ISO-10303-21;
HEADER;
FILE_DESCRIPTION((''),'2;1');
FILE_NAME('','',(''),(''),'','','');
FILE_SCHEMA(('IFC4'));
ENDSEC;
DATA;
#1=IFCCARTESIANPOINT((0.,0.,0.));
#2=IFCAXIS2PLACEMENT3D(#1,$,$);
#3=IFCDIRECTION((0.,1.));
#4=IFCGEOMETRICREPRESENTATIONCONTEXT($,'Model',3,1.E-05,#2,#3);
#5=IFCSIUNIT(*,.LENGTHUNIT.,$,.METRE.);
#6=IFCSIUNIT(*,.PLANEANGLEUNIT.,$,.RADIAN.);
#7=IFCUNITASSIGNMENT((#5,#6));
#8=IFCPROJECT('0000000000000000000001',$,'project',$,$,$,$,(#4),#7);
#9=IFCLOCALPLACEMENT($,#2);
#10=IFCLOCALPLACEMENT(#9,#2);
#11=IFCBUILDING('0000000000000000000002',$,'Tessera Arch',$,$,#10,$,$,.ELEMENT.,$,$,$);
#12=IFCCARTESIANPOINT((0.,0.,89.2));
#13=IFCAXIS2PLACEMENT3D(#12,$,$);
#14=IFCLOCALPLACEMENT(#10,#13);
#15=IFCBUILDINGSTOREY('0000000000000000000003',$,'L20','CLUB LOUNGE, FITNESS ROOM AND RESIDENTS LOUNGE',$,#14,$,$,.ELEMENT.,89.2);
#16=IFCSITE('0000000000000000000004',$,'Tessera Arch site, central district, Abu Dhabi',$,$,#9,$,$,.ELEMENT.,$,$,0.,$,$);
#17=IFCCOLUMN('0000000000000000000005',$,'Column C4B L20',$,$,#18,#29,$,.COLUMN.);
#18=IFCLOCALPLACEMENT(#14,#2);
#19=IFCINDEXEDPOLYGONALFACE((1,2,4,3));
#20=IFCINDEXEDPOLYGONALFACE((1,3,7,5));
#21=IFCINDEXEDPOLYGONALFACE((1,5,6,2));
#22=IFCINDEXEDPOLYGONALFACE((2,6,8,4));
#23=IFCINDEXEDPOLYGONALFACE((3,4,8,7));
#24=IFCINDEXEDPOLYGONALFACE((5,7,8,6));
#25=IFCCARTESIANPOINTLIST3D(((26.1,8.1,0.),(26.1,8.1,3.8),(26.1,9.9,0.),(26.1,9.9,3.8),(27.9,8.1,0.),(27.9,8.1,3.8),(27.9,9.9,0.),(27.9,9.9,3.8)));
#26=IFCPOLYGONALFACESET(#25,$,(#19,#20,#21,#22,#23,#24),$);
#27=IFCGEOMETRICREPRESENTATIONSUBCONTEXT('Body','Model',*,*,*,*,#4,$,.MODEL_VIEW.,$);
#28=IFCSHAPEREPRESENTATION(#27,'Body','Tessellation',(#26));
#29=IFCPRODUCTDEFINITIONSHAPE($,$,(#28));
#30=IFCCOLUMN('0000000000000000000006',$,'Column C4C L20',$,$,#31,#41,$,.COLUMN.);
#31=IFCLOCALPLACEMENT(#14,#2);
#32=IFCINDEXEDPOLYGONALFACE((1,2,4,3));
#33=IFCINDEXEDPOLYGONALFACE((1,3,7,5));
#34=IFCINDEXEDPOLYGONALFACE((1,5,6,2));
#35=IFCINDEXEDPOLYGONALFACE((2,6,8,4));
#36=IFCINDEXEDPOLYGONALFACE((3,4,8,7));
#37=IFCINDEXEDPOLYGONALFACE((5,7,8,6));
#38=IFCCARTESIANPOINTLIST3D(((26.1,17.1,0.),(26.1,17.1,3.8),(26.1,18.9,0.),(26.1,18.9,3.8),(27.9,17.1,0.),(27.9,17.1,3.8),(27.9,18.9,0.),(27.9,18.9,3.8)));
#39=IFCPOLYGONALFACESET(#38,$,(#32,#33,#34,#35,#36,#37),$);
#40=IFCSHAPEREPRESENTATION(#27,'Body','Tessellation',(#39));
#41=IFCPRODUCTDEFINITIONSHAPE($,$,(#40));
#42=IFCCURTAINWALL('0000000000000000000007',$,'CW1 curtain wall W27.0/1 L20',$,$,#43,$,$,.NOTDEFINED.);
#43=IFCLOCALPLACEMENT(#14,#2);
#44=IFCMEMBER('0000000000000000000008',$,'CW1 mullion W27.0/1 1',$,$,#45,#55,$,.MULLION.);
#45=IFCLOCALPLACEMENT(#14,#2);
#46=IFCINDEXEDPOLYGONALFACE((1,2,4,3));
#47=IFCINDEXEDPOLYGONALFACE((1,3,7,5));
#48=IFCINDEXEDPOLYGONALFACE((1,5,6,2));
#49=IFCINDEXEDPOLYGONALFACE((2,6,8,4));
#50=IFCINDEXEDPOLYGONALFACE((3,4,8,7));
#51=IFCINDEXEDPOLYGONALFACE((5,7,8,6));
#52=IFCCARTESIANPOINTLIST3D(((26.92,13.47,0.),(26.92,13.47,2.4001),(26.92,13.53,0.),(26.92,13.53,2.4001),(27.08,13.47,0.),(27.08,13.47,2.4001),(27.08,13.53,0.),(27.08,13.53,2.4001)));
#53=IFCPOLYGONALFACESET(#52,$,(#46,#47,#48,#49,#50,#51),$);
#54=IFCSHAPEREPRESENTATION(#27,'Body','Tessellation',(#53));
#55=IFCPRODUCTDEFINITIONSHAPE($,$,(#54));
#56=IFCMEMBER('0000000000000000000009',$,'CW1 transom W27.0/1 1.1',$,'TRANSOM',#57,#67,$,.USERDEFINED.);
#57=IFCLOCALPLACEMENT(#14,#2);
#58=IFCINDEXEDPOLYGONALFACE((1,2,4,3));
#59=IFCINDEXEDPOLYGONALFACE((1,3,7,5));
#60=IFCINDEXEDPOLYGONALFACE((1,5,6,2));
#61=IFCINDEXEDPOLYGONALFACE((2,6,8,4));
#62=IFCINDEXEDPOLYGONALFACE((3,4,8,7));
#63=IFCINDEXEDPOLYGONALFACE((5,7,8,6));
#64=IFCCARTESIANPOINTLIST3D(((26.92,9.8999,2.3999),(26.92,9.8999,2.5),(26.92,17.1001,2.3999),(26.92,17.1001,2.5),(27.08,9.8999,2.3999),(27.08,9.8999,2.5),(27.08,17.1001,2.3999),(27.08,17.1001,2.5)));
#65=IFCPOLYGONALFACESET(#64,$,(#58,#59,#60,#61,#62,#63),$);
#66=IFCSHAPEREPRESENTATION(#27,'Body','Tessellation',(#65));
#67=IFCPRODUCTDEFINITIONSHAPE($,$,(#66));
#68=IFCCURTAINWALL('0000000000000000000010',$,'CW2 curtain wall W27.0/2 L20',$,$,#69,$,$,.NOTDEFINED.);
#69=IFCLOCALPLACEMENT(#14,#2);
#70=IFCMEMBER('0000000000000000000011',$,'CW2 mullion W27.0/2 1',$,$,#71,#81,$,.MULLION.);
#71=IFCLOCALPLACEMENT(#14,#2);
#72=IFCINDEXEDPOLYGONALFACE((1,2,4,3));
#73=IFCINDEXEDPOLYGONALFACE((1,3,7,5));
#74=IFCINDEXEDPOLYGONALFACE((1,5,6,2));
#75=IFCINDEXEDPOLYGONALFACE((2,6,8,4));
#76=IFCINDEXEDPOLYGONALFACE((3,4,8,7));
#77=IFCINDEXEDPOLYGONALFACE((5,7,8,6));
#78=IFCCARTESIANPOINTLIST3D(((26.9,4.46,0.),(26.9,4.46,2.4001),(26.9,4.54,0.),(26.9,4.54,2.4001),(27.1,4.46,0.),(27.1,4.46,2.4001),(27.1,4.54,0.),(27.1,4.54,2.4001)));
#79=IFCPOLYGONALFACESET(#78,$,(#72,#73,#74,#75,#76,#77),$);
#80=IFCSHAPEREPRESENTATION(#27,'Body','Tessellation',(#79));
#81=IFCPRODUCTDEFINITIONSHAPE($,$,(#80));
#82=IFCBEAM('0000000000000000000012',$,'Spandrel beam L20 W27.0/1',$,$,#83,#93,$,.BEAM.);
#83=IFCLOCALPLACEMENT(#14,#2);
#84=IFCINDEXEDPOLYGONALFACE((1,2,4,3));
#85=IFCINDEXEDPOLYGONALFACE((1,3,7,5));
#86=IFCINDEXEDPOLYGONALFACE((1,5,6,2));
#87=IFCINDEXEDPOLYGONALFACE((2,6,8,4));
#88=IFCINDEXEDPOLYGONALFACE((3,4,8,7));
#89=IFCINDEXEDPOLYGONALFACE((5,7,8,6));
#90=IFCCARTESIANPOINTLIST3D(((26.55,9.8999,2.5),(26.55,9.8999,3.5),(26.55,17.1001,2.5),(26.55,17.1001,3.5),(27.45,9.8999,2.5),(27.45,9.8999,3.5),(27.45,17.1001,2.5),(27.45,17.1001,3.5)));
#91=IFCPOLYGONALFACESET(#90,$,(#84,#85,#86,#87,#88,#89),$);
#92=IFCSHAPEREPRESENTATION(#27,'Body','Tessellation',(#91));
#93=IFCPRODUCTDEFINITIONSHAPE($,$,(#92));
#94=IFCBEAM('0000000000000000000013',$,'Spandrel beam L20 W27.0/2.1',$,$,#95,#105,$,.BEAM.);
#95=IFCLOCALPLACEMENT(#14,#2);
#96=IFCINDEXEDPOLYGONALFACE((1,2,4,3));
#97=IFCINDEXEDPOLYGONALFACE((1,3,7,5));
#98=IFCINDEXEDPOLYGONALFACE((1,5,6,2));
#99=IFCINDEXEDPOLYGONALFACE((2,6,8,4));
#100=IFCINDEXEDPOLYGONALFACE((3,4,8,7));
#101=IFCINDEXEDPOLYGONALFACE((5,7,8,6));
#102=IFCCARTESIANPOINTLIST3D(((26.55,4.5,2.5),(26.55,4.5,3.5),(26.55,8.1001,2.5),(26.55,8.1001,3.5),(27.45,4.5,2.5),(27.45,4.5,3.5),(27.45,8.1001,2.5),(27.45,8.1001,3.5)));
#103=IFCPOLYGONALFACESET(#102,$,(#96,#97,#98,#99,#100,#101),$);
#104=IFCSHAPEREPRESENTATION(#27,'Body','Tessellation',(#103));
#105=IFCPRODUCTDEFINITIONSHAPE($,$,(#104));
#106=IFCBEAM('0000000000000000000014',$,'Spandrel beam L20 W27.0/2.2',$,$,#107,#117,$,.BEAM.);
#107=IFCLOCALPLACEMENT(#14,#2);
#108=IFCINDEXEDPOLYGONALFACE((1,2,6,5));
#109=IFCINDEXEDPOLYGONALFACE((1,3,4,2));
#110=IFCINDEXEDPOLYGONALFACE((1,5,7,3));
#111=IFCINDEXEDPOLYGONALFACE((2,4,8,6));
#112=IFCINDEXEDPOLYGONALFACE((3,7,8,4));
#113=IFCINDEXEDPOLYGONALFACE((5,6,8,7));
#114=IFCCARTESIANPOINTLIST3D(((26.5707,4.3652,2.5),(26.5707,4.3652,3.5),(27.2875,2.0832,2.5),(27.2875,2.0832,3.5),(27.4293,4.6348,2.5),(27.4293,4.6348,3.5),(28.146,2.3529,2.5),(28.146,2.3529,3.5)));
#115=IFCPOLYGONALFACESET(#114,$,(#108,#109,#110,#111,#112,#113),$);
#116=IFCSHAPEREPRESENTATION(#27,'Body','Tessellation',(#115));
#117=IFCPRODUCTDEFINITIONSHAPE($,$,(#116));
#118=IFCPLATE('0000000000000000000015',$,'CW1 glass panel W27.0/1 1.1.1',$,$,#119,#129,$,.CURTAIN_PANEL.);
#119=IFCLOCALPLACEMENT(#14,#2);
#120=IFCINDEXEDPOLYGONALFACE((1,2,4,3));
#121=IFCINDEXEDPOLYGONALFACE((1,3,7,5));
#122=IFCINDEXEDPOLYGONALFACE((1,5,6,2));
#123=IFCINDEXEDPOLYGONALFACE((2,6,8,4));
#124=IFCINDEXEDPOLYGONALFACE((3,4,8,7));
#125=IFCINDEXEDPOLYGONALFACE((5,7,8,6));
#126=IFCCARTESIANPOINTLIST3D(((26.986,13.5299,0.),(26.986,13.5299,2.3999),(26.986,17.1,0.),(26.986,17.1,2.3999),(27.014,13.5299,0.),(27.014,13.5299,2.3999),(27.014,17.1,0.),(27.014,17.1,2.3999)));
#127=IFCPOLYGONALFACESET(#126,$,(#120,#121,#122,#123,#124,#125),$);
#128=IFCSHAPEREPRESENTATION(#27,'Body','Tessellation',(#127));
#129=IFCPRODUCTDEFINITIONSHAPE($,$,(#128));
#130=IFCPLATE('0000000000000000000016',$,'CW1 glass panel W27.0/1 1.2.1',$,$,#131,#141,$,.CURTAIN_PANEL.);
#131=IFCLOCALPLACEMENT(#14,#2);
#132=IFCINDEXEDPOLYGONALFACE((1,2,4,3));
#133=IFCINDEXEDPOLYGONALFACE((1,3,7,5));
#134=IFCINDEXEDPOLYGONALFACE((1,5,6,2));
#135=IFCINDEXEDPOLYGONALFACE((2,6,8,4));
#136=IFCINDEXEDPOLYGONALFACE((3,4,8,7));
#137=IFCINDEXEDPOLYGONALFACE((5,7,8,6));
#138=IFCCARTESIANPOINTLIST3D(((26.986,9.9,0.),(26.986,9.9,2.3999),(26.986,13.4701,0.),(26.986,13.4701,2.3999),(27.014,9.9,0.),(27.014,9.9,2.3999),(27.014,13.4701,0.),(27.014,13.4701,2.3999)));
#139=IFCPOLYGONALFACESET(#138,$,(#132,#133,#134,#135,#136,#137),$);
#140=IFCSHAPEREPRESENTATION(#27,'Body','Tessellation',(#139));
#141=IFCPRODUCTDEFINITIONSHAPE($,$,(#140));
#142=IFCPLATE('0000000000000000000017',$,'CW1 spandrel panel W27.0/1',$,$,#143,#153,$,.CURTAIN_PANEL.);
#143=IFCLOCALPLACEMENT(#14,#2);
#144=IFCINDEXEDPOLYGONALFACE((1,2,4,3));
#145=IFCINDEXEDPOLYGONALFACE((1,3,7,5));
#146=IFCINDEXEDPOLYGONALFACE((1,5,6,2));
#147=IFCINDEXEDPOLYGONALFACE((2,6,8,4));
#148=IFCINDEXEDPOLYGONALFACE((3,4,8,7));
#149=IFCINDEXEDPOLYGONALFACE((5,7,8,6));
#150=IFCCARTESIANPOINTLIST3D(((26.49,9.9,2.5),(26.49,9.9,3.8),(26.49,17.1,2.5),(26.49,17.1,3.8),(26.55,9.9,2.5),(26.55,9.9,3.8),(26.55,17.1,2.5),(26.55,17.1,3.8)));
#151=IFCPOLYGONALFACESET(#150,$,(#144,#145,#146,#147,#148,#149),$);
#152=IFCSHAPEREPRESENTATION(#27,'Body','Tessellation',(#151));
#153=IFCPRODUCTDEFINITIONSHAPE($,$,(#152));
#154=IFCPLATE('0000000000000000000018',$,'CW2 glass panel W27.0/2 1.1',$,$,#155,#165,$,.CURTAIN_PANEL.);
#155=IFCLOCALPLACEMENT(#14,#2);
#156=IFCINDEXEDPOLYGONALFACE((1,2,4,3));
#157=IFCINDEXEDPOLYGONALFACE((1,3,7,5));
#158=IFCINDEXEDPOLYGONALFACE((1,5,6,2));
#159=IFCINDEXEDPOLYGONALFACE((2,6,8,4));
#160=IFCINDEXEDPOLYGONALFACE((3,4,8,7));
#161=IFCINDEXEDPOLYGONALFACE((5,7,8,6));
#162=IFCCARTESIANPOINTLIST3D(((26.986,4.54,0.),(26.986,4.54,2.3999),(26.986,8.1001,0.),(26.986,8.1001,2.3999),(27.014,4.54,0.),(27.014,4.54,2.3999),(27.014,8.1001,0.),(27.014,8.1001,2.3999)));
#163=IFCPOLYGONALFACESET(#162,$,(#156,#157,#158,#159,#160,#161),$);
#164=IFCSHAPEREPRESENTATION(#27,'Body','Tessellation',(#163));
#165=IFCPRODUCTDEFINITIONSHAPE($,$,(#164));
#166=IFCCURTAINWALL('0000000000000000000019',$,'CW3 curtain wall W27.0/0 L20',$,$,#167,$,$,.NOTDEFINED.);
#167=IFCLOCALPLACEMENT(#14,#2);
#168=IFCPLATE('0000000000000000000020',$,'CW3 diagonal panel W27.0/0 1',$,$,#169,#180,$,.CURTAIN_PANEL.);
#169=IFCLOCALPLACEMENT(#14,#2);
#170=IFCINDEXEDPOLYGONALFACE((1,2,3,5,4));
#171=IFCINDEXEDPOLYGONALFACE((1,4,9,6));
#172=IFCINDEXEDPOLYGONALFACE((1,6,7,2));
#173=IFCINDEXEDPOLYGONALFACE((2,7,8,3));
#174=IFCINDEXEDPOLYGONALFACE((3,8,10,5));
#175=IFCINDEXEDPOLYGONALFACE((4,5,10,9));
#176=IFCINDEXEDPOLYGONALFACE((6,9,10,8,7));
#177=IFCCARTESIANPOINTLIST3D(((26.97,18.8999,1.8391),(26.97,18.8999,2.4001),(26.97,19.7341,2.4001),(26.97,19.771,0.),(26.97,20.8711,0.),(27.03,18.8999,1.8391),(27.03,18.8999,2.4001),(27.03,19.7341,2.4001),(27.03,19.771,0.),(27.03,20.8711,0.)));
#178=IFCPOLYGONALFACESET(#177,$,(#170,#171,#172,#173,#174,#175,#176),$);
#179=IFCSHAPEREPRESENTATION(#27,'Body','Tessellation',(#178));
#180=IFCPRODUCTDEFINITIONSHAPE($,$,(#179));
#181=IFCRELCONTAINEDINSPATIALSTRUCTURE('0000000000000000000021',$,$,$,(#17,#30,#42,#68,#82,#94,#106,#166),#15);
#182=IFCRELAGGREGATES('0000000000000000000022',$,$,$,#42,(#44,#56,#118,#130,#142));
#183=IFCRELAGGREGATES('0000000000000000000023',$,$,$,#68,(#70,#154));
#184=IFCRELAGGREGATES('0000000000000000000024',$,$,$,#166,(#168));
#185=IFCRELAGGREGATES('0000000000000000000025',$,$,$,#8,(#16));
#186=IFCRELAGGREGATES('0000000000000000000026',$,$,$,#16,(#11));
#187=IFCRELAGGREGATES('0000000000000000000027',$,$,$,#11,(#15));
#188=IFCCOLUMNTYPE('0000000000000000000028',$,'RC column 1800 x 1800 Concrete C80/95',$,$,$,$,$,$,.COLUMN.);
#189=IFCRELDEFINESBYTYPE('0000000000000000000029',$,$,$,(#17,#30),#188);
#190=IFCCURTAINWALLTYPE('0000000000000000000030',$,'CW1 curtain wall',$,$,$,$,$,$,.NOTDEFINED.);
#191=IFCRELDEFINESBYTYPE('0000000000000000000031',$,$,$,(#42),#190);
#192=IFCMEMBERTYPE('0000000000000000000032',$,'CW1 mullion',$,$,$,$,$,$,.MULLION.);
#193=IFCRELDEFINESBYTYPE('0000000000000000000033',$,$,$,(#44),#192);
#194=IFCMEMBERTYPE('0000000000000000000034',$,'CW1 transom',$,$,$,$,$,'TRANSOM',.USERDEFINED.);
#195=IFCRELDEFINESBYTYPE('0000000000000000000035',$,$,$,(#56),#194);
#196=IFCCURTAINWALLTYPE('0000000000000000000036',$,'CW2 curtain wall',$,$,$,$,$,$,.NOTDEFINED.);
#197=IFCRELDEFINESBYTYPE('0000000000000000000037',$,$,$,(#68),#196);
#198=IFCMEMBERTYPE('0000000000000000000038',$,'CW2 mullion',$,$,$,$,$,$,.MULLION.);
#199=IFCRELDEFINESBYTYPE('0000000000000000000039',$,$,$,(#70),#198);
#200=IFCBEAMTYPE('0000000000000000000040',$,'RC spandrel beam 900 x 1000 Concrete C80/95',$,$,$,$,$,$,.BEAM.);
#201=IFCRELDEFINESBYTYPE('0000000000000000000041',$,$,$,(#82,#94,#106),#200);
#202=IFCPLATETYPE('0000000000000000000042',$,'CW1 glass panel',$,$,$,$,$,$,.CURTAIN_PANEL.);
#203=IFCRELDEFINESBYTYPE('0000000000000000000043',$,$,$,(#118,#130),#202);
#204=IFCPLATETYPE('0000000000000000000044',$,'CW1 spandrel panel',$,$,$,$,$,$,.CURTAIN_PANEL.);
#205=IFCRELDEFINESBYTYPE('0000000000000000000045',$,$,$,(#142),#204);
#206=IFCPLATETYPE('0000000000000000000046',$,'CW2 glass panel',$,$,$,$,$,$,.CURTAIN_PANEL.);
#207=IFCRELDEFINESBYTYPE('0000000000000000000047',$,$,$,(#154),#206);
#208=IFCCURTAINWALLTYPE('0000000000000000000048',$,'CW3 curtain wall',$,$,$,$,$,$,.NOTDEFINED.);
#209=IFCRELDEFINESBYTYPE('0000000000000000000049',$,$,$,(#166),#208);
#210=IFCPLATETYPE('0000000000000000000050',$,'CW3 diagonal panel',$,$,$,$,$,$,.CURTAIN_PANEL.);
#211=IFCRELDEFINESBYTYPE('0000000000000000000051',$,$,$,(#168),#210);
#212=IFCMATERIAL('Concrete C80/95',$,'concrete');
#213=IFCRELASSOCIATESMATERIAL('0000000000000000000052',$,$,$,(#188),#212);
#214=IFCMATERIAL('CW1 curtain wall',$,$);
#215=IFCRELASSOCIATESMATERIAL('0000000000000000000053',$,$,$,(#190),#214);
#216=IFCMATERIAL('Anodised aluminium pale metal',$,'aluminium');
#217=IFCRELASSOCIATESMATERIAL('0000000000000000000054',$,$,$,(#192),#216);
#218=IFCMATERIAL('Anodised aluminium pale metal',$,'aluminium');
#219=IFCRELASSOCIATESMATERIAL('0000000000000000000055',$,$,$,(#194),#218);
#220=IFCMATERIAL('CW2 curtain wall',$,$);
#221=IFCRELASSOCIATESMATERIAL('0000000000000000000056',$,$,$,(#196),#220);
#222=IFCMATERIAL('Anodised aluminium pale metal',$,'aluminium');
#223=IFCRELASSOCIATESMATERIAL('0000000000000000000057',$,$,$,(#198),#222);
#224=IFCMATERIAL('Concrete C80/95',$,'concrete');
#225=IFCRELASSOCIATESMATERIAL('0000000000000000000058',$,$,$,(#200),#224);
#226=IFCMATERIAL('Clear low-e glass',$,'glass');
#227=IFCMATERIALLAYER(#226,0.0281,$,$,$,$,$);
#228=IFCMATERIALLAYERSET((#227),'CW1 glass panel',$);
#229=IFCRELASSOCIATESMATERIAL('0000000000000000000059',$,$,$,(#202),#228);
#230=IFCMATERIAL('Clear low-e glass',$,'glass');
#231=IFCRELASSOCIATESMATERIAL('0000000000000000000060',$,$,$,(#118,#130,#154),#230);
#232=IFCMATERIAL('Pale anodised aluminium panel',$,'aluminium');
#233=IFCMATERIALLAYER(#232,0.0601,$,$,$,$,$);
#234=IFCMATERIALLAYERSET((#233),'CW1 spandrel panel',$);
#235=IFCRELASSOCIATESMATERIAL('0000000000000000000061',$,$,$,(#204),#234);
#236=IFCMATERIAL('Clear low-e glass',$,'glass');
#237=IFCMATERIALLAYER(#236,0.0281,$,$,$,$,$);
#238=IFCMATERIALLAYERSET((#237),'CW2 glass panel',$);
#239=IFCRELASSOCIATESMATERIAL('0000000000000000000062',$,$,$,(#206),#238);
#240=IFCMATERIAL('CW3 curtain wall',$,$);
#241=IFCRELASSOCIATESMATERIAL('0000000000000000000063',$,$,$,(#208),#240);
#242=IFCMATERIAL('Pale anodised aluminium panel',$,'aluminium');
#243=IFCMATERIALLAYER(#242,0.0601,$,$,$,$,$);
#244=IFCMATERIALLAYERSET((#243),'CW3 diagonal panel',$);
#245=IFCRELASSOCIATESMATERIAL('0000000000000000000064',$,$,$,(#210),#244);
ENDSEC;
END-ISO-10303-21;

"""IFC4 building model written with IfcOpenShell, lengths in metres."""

from ifc_helpers import new_model, si_unit, direction, frame, origin, origin_2d, place, context, subcontext, project, spatial, polyline, rectangle, outline, extrude, material, layer, layer_set, material_profile, profile_set, type_object, element, aggregate, save


model = new_model("IFC4")

# Units and contexts
model_context = context("Model", 3, precision=1e-05, world=origin(), true_north=direction((0.0, 1.0)))
body_context = subcontext(model_context, "Body", "Model", "MODEL_VIEW")
ifc_project = project(units=[si_unit("LENGTHUNIT", "METRE"), si_unit("PLANEANGLEUNIT", "RADIAN")], contexts=[model_context])

# Site, building, storey
site_placement = place(None, origin())
site = spatial("IfcSite", under=ifc_project, at=site_placement, Name="Tessera Arch site, central district, Abu Dhabi", CompositionType="ELEMENT", RefElevation=0.0)
building_placement = place(site_placement, origin())
building = spatial("IfcBuilding", under=site, at=building_placement, Name="Tessera Arch", CompositionType="ELEMENT")
storey_placement = place(building_placement, frame((0.0, 0.0, 89.2)))
storey = spatial("IfcBuildingStorey", under=building, at=storey_placement, Name="L20", Description="CLUB LOUNGE, FITNESS ROOM AND RESIDENTS LOUNGE", CompositionType="ELEMENT", Elevation=89.2)

# Columns
ifc_material_1 = material(Name="Concrete C80/95", Category="concrete")
ifc_material_profile_1 = material_profile(ifc_material_1, rectangle(XDim=1.8, YDim=1.8, at=origin_2d()), Name="RC column 1800 x 1800 Concrete C80/95")
ifc_profile_set_1 = profile_set([ifc_material_profile_1], Name="Concrete C80/95")
column_type = type_object("IfcColumnType", Name="RC column 1800 x 1800 Concrete C80/95", PredefinedType="COLUMN", material=ifc_profile_set_1)
for number, where, z_axis, x_axis, name in (
    (1, (27.0, 9.0, 0.0), (0.0, 0.0, 1.0), (1.0, 0.0, 0.0), "Column C4B L20"),
    (2, (27.0, 18.0, 0.0), (0.0, 0.0, 1.0), (1.0, 0.0, 0.0), "Column C4C L20"),
):
    element("IfcColumn", number, at=place(storey_placement, frame(where, z_axis=z_axis, x_axis=x_axis)), inside=storey, type_object=column_type, Name=name, PredefinedType="COLUMN", context=body_context, shape_type="SweptSolid", body=[
        extrude(rectangle(XDim=1.8, YDim=1.8, at=origin_2d()), origin(), (0.0, 0.0, 1.0), 3.8),
    ])

# Curtain wall, members
ifc_material_2 = material(Name="CW1 curtain wall")
curtain_wall_type_1 = type_object("IfcCurtainWallType", Name="CW1 curtain wall", PredefinedType="NOTDEFINED", material=ifc_material_2)
curtain_wall_1_placement = place(storey_placement, origin())
curtain_wall_1 = element("IfcCurtainWall", 3, at=curtain_wall_1_placement, inside=storey, type_object=curtain_wall_type_1, Name="CW1 curtain wall W27.0/1 L20", PredefinedType="NOTDEFINED")
ifc_material_3 = material(Name="Anodised aluminium pale metal", Category="aluminium")
ifc_material_profile_2 = material_profile(ifc_material_3, rectangle(XDim=0.1599, YDim=0.0601, at=origin_2d()), Name="AL 60x160")
ifc_profile_set_2 = profile_set([ifc_material_profile_2], Name="Anodised aluminium pale metal")
member_type_1 = type_object("IfcMemberType", Name="CW1 mullion", PredefinedType="MULLION", material=ifc_profile_set_2)
member_1_placement = place(storey_placement, frame((27.0, 13.5, 0.0), z_axis=(0.0, 0.0, 1.0), x_axis=(1.0, 0.0, 0.0)))
member_1 = element("IfcMember", 4, at=member_1_placement, type_object=member_type_1, Name="CW1 mullion W27.0/1 1", PredefinedType="MULLION", context=body_context, shape_type="SweptSolid", body=[
    extrude(rectangle(XDim=0.1599, YDim=0.0601, at=origin_2d()), origin(), (0.0, 0.0, 1.0), 2.4001),
])
ifc_material_4 = material(Name="Anodised aluminium pale metal", Category="aluminium")
ifc_material_profile_3 = material_profile(ifc_material_4, rectangle(XDim=0.1599, YDim=0.1001, at=origin_2d()), Name="AL 160x100")
ifc_profile_set_3 = profile_set([ifc_material_profile_3], Name="Anodised aluminium pale metal")
member_type_2 = type_object("IfcMemberType", Name="CW1 transom", ElementType="TRANSOM", PredefinedType="USERDEFINED", material=ifc_profile_set_3)
member_2_placement = place(storey_placement, frame((27.0, 17.1001, 2.45), z_axis=(0.0, -1.0, 0.0), x_axis=(1.0, 0.0, 0.0)))
member_2 = element("IfcMember", 5, at=member_2_placement, type_object=member_type_2, Name="CW1 transom W27.0/1 1.1", ObjectType="TRANSOM", PredefinedType="USERDEFINED", context=body_context, shape_type="SweptSolid", body=[
    extrude(rectangle(XDim=0.1599, YDim=0.1001, at=origin_2d()), origin(), (0.0, 0.0, 1.0), 7.2002),
])

# Curtain wall, member
ifc_material_5 = material(Name="CW2 curtain wall")
curtain_wall_type_2 = type_object("IfcCurtainWallType", Name="CW2 curtain wall", PredefinedType="NOTDEFINED", material=ifc_material_5)
curtain_wall_2_placement = place(storey_placement, origin())
curtain_wall_2 = element("IfcCurtainWall", 6, at=curtain_wall_2_placement, inside=storey, type_object=curtain_wall_type_2, Name="CW2 curtain wall W27.0/2 L20", PredefinedType="NOTDEFINED")
ifc_material_6 = material(Name="Anodised aluminium pale metal", Category="aluminium")
ifc_material_profile_4 = material_profile(ifc_material_6, rectangle(XDim=0.2, YDim=0.0801, at=origin_2d()), Name="AL 80x200")
ifc_profile_set_4 = profile_set([ifc_material_profile_4], Name="Anodised aluminium pale metal")
member_type_3 = type_object("IfcMemberType", Name="CW2 mullion", PredefinedType="MULLION", material=ifc_profile_set_4)
member_3_placement = place(storey_placement, frame((27.0, 4.5, 0.0), z_axis=(0.0, 0.0, 1.0), x_axis=(1.0, 0.0, 0.0)))
member_3 = element("IfcMember", 7, at=member_3_placement, type_object=member_type_3, Name="CW2 mullion W27.0/2 1", PredefinedType="MULLION", context=body_context, shape_type="SweptSolid", body=[
    extrude(rectangle(XDim=0.2, YDim=0.0801, at=origin_2d()), origin(), (0.0, 0.0, 1.0), 2.4001),
])

# Beams
ifc_material_7 = material(Name="Concrete C80/95", Category="concrete")
ifc_material_profile_5 = material_profile(ifc_material_7, rectangle(XDim=0.8999, YDim=1.0, at=origin_2d()), Name="RC spandrel beam 900 x 1000 Concrete C80/95")
ifc_profile_set_5 = profile_set([ifc_material_profile_5], Name="Concrete C80/95")
beam_type = type_object("IfcBeamType", Name="RC spandrel beam 900 x 1000 Concrete C80/95", PredefinedType="BEAM", material=ifc_profile_set_5)
beam_1_placement = place(storey_placement, frame((27.0, 17.1001, 3.0), z_axis=(0.0, -1.0, 0.0), x_axis=(1.0, 0.0, 0.0)))
element("IfcBeam", 8, at=beam_1_placement, inside=storey, type_object=beam_type, Name="Spandrel beam L20 W27.0/1", PredefinedType="BEAM", context=body_context, shape_type="SweptSolid", body=[
    extrude(rectangle(XDim=0.8999, YDim=1.0, at=origin_2d()), origin(), (0.0, 0.0, 1.0), 7.2002),
])
beam_2_placement = place(storey_placement, frame((27.0, 8.1001, 3.0), z_axis=(0.0, -1.0, 0.0), x_axis=(1.0, 0.0, 0.0)))
element("IfcBeam", 9, at=beam_2_placement, inside=storey, type_object=beam_type, Name="Spandrel beam L20 W27.0/2.1", PredefinedType="BEAM", context=body_context, shape_type="SweptSolid", body=[
    extrude(rectangle(XDim=0.8999, YDim=1.0, at=origin_2d()), origin(), (0.0, 0.0, 1.0), 3.6001),
])
beam_3_placement = place(storey_placement, frame((27.0, 4.5, 3.0), z_axis=(0.299675, -0.954041, 0.0), x_axis=(0.954041, 0.299675, 0.0)))
element("IfcBeam", 10, at=beam_3_placement, inside=storey, type_object=beam_type, Name="Spandrel beam L20 W27.0/2.2", PredefinedType="BEAM", context=body_context, shape_type="SweptSolid", body=[
    extrude(rectangle(XDim=0.8999, YDim=1.0, at=origin_2d()), origin(), (0.0, 0.0, 1.0), 2.3918),
])

# Plates
ifc_material_8 = material(Name="Clear low-e glass", Category="glass")
ifc_material_9 = material(Name="Clear low-e glass", Category="glass")
ifc_layer_1 = layer(ifc_material_9, 0.0281)
ifc_layer_set_1 = layer_set([ifc_layer_1], Name="CW1 glass panel")
plate_type_1 = type_object("IfcPlateType", Name="CW1 glass panel", PredefinedType="CURTAIN_PANEL", material=ifc_layer_set_1)
plate_1_placement = place(storey_placement, frame((27.0, 15.3149, 0.0), z_axis=(0.0, 0.0, 1.0), x_axis=(0.0, -1.0, 0.0)))
plate_1 = element("IfcPlate", 11, at=plate_1_placement, type_object=plate_type_1, material=ifc_material_8, Name="CW1 glass panel W27.0/1 1.1.1", PredefinedType="CURTAIN_PANEL", context=body_context, shape_type="SweptSolid", body=[
    extrude(rectangle(XDim=3.5701, YDim=0.0281, at=origin_2d()), origin(), (0.0, 0.0, 1.0), 2.3999),
])
plate_2_placement = place(storey_placement, frame((27.0, 11.6851, 0.0), z_axis=(0.0, 0.0, 1.0), x_axis=(0.0, -1.0, 0.0)))
plate_2 = element("IfcPlate", 12, at=plate_2_placement, type_object=plate_type_1, material=ifc_material_8, Name="CW1 glass panel W27.0/1 1.2.1", PredefinedType="CURTAIN_PANEL", context=body_context, shape_type="SweptSolid", body=[
    extrude(rectangle(XDim=3.5701, YDim=0.0281, at=origin_2d()), origin(), (0.0, 0.0, 1.0), 2.3999),
])
ifc_material_10 = material(Name="Pale anodised aluminium panel", Category="aluminium")
ifc_layer_2 = layer(ifc_material_10, 0.0601)
ifc_layer_set_2 = layer_set([ifc_layer_2], Name="CW1 spandrel panel")
plate_type_2 = type_object("IfcPlateType", Name="CW1 spandrel panel", PredefinedType="CURTAIN_PANEL", material=ifc_layer_set_2)
plate_3_placement = place(storey_placement, frame((26.52, 13.5, 2.5), z_axis=(0.0, 0.0, 1.0), x_axis=(0.0, -1.0, 0.0)))
plate_3 = element("IfcPlate", 13, at=plate_3_placement, type_object=plate_type_2, Name="CW1 spandrel panel W27.0/1", PredefinedType="CURTAIN_PANEL", context=body_context, shape_type="SweptSolid", body=[
    extrude(rectangle(XDim=7.2, YDim=0.0601, at=origin_2d()), origin(), (0.0, 0.0, 1.0), 1.3),
])
aggregate(curtain_wall_1, [member_1, member_2, plate_1, plate_2, plate_3])
ifc_material_11 = material(Name="Clear low-e glass", Category="glass")
ifc_layer_3 = layer(ifc_material_11, 0.0281)
ifc_layer_set_3 = layer_set([ifc_layer_3], Name="CW2 glass panel")
plate_type_3 = type_object("IfcPlateType", Name="CW2 glass panel", PredefinedType="CURTAIN_PANEL", material=ifc_layer_set_3)
plate_4_placement = place(storey_placement, frame((27.0, 6.3201, 0.0), z_axis=(0.0, 0.0, 1.0), x_axis=(0.0, -1.0, 0.0)))
plate_4 = element("IfcPlate", 14, at=plate_4_placement, type_object=plate_type_3, material=ifc_material_8, Name="CW2 glass panel W27.0/2 1.1", PredefinedType="CURTAIN_PANEL", context=body_context, shape_type="SweptSolid", body=[
    extrude(rectangle(XDim=3.5601, YDim=0.0281, at=origin_2d()), origin(), (0.0, 0.0, 1.0), 2.3999),
])
aggregate(curtain_wall_2, [member_3, plate_4])

# Curtain wall, plate
ifc_material_12 = material(Name="CW3 curtain wall")
curtain_wall_type_3 = type_object("IfcCurtainWallType", Name="CW3 curtain wall", PredefinedType="NOTDEFINED", material=ifc_material_12)
curtain_wall_3_placement = place(storey_placement, origin())
curtain_wall_3 = element("IfcCurtainWall", 15, at=curtain_wall_3_placement, inside=storey, type_object=curtain_wall_type_3, Name="CW3 curtain wall W27.0/0 L20", PredefinedType="NOTDEFINED")
ifc_material_13 = material(Name="Pale anodised aluminium panel", Category="aluminium")
ifc_layer_4 = layer(ifc_material_13, 0.0601)
ifc_layer_set_4 = layer_set([ifc_layer_4], Name="CW3 diagonal panel")
plate_type_4 = type_object("IfcPlateType", Name="CW3 diagonal panel", PredefinedType="CURTAIN_PANEL", material=ifc_layer_set_4)
plate_5_placement = place(storey_placement, frame((26.97, 18.8999, 2.4001), z_axis=(-1.0, 0.0, 0.0), x_axis=(0.0, 1.0, 0.0)))
plate_5 = element("IfcPlate", 16, at=plate_5_placement, type_object=plate_type_4, Name="CW3 diagonal panel W27.0/0 1", PredefinedType="CURTAIN_PANEL", context=body_context, shape_type="SweptSolid", body=[
    extrude(outline(polyline([(0.0, 0.0), (0.8342, 0.0), (1.9712, 2.4001), (0.8711, 2.4001), (0.0, 0.561), (0.0, 0.0)])), origin(), (0.0, 0.0, -1.0), 0.0601),
])
aggregate(curtain_wall_3, [plate_5])

save(model, "model.ifc")
